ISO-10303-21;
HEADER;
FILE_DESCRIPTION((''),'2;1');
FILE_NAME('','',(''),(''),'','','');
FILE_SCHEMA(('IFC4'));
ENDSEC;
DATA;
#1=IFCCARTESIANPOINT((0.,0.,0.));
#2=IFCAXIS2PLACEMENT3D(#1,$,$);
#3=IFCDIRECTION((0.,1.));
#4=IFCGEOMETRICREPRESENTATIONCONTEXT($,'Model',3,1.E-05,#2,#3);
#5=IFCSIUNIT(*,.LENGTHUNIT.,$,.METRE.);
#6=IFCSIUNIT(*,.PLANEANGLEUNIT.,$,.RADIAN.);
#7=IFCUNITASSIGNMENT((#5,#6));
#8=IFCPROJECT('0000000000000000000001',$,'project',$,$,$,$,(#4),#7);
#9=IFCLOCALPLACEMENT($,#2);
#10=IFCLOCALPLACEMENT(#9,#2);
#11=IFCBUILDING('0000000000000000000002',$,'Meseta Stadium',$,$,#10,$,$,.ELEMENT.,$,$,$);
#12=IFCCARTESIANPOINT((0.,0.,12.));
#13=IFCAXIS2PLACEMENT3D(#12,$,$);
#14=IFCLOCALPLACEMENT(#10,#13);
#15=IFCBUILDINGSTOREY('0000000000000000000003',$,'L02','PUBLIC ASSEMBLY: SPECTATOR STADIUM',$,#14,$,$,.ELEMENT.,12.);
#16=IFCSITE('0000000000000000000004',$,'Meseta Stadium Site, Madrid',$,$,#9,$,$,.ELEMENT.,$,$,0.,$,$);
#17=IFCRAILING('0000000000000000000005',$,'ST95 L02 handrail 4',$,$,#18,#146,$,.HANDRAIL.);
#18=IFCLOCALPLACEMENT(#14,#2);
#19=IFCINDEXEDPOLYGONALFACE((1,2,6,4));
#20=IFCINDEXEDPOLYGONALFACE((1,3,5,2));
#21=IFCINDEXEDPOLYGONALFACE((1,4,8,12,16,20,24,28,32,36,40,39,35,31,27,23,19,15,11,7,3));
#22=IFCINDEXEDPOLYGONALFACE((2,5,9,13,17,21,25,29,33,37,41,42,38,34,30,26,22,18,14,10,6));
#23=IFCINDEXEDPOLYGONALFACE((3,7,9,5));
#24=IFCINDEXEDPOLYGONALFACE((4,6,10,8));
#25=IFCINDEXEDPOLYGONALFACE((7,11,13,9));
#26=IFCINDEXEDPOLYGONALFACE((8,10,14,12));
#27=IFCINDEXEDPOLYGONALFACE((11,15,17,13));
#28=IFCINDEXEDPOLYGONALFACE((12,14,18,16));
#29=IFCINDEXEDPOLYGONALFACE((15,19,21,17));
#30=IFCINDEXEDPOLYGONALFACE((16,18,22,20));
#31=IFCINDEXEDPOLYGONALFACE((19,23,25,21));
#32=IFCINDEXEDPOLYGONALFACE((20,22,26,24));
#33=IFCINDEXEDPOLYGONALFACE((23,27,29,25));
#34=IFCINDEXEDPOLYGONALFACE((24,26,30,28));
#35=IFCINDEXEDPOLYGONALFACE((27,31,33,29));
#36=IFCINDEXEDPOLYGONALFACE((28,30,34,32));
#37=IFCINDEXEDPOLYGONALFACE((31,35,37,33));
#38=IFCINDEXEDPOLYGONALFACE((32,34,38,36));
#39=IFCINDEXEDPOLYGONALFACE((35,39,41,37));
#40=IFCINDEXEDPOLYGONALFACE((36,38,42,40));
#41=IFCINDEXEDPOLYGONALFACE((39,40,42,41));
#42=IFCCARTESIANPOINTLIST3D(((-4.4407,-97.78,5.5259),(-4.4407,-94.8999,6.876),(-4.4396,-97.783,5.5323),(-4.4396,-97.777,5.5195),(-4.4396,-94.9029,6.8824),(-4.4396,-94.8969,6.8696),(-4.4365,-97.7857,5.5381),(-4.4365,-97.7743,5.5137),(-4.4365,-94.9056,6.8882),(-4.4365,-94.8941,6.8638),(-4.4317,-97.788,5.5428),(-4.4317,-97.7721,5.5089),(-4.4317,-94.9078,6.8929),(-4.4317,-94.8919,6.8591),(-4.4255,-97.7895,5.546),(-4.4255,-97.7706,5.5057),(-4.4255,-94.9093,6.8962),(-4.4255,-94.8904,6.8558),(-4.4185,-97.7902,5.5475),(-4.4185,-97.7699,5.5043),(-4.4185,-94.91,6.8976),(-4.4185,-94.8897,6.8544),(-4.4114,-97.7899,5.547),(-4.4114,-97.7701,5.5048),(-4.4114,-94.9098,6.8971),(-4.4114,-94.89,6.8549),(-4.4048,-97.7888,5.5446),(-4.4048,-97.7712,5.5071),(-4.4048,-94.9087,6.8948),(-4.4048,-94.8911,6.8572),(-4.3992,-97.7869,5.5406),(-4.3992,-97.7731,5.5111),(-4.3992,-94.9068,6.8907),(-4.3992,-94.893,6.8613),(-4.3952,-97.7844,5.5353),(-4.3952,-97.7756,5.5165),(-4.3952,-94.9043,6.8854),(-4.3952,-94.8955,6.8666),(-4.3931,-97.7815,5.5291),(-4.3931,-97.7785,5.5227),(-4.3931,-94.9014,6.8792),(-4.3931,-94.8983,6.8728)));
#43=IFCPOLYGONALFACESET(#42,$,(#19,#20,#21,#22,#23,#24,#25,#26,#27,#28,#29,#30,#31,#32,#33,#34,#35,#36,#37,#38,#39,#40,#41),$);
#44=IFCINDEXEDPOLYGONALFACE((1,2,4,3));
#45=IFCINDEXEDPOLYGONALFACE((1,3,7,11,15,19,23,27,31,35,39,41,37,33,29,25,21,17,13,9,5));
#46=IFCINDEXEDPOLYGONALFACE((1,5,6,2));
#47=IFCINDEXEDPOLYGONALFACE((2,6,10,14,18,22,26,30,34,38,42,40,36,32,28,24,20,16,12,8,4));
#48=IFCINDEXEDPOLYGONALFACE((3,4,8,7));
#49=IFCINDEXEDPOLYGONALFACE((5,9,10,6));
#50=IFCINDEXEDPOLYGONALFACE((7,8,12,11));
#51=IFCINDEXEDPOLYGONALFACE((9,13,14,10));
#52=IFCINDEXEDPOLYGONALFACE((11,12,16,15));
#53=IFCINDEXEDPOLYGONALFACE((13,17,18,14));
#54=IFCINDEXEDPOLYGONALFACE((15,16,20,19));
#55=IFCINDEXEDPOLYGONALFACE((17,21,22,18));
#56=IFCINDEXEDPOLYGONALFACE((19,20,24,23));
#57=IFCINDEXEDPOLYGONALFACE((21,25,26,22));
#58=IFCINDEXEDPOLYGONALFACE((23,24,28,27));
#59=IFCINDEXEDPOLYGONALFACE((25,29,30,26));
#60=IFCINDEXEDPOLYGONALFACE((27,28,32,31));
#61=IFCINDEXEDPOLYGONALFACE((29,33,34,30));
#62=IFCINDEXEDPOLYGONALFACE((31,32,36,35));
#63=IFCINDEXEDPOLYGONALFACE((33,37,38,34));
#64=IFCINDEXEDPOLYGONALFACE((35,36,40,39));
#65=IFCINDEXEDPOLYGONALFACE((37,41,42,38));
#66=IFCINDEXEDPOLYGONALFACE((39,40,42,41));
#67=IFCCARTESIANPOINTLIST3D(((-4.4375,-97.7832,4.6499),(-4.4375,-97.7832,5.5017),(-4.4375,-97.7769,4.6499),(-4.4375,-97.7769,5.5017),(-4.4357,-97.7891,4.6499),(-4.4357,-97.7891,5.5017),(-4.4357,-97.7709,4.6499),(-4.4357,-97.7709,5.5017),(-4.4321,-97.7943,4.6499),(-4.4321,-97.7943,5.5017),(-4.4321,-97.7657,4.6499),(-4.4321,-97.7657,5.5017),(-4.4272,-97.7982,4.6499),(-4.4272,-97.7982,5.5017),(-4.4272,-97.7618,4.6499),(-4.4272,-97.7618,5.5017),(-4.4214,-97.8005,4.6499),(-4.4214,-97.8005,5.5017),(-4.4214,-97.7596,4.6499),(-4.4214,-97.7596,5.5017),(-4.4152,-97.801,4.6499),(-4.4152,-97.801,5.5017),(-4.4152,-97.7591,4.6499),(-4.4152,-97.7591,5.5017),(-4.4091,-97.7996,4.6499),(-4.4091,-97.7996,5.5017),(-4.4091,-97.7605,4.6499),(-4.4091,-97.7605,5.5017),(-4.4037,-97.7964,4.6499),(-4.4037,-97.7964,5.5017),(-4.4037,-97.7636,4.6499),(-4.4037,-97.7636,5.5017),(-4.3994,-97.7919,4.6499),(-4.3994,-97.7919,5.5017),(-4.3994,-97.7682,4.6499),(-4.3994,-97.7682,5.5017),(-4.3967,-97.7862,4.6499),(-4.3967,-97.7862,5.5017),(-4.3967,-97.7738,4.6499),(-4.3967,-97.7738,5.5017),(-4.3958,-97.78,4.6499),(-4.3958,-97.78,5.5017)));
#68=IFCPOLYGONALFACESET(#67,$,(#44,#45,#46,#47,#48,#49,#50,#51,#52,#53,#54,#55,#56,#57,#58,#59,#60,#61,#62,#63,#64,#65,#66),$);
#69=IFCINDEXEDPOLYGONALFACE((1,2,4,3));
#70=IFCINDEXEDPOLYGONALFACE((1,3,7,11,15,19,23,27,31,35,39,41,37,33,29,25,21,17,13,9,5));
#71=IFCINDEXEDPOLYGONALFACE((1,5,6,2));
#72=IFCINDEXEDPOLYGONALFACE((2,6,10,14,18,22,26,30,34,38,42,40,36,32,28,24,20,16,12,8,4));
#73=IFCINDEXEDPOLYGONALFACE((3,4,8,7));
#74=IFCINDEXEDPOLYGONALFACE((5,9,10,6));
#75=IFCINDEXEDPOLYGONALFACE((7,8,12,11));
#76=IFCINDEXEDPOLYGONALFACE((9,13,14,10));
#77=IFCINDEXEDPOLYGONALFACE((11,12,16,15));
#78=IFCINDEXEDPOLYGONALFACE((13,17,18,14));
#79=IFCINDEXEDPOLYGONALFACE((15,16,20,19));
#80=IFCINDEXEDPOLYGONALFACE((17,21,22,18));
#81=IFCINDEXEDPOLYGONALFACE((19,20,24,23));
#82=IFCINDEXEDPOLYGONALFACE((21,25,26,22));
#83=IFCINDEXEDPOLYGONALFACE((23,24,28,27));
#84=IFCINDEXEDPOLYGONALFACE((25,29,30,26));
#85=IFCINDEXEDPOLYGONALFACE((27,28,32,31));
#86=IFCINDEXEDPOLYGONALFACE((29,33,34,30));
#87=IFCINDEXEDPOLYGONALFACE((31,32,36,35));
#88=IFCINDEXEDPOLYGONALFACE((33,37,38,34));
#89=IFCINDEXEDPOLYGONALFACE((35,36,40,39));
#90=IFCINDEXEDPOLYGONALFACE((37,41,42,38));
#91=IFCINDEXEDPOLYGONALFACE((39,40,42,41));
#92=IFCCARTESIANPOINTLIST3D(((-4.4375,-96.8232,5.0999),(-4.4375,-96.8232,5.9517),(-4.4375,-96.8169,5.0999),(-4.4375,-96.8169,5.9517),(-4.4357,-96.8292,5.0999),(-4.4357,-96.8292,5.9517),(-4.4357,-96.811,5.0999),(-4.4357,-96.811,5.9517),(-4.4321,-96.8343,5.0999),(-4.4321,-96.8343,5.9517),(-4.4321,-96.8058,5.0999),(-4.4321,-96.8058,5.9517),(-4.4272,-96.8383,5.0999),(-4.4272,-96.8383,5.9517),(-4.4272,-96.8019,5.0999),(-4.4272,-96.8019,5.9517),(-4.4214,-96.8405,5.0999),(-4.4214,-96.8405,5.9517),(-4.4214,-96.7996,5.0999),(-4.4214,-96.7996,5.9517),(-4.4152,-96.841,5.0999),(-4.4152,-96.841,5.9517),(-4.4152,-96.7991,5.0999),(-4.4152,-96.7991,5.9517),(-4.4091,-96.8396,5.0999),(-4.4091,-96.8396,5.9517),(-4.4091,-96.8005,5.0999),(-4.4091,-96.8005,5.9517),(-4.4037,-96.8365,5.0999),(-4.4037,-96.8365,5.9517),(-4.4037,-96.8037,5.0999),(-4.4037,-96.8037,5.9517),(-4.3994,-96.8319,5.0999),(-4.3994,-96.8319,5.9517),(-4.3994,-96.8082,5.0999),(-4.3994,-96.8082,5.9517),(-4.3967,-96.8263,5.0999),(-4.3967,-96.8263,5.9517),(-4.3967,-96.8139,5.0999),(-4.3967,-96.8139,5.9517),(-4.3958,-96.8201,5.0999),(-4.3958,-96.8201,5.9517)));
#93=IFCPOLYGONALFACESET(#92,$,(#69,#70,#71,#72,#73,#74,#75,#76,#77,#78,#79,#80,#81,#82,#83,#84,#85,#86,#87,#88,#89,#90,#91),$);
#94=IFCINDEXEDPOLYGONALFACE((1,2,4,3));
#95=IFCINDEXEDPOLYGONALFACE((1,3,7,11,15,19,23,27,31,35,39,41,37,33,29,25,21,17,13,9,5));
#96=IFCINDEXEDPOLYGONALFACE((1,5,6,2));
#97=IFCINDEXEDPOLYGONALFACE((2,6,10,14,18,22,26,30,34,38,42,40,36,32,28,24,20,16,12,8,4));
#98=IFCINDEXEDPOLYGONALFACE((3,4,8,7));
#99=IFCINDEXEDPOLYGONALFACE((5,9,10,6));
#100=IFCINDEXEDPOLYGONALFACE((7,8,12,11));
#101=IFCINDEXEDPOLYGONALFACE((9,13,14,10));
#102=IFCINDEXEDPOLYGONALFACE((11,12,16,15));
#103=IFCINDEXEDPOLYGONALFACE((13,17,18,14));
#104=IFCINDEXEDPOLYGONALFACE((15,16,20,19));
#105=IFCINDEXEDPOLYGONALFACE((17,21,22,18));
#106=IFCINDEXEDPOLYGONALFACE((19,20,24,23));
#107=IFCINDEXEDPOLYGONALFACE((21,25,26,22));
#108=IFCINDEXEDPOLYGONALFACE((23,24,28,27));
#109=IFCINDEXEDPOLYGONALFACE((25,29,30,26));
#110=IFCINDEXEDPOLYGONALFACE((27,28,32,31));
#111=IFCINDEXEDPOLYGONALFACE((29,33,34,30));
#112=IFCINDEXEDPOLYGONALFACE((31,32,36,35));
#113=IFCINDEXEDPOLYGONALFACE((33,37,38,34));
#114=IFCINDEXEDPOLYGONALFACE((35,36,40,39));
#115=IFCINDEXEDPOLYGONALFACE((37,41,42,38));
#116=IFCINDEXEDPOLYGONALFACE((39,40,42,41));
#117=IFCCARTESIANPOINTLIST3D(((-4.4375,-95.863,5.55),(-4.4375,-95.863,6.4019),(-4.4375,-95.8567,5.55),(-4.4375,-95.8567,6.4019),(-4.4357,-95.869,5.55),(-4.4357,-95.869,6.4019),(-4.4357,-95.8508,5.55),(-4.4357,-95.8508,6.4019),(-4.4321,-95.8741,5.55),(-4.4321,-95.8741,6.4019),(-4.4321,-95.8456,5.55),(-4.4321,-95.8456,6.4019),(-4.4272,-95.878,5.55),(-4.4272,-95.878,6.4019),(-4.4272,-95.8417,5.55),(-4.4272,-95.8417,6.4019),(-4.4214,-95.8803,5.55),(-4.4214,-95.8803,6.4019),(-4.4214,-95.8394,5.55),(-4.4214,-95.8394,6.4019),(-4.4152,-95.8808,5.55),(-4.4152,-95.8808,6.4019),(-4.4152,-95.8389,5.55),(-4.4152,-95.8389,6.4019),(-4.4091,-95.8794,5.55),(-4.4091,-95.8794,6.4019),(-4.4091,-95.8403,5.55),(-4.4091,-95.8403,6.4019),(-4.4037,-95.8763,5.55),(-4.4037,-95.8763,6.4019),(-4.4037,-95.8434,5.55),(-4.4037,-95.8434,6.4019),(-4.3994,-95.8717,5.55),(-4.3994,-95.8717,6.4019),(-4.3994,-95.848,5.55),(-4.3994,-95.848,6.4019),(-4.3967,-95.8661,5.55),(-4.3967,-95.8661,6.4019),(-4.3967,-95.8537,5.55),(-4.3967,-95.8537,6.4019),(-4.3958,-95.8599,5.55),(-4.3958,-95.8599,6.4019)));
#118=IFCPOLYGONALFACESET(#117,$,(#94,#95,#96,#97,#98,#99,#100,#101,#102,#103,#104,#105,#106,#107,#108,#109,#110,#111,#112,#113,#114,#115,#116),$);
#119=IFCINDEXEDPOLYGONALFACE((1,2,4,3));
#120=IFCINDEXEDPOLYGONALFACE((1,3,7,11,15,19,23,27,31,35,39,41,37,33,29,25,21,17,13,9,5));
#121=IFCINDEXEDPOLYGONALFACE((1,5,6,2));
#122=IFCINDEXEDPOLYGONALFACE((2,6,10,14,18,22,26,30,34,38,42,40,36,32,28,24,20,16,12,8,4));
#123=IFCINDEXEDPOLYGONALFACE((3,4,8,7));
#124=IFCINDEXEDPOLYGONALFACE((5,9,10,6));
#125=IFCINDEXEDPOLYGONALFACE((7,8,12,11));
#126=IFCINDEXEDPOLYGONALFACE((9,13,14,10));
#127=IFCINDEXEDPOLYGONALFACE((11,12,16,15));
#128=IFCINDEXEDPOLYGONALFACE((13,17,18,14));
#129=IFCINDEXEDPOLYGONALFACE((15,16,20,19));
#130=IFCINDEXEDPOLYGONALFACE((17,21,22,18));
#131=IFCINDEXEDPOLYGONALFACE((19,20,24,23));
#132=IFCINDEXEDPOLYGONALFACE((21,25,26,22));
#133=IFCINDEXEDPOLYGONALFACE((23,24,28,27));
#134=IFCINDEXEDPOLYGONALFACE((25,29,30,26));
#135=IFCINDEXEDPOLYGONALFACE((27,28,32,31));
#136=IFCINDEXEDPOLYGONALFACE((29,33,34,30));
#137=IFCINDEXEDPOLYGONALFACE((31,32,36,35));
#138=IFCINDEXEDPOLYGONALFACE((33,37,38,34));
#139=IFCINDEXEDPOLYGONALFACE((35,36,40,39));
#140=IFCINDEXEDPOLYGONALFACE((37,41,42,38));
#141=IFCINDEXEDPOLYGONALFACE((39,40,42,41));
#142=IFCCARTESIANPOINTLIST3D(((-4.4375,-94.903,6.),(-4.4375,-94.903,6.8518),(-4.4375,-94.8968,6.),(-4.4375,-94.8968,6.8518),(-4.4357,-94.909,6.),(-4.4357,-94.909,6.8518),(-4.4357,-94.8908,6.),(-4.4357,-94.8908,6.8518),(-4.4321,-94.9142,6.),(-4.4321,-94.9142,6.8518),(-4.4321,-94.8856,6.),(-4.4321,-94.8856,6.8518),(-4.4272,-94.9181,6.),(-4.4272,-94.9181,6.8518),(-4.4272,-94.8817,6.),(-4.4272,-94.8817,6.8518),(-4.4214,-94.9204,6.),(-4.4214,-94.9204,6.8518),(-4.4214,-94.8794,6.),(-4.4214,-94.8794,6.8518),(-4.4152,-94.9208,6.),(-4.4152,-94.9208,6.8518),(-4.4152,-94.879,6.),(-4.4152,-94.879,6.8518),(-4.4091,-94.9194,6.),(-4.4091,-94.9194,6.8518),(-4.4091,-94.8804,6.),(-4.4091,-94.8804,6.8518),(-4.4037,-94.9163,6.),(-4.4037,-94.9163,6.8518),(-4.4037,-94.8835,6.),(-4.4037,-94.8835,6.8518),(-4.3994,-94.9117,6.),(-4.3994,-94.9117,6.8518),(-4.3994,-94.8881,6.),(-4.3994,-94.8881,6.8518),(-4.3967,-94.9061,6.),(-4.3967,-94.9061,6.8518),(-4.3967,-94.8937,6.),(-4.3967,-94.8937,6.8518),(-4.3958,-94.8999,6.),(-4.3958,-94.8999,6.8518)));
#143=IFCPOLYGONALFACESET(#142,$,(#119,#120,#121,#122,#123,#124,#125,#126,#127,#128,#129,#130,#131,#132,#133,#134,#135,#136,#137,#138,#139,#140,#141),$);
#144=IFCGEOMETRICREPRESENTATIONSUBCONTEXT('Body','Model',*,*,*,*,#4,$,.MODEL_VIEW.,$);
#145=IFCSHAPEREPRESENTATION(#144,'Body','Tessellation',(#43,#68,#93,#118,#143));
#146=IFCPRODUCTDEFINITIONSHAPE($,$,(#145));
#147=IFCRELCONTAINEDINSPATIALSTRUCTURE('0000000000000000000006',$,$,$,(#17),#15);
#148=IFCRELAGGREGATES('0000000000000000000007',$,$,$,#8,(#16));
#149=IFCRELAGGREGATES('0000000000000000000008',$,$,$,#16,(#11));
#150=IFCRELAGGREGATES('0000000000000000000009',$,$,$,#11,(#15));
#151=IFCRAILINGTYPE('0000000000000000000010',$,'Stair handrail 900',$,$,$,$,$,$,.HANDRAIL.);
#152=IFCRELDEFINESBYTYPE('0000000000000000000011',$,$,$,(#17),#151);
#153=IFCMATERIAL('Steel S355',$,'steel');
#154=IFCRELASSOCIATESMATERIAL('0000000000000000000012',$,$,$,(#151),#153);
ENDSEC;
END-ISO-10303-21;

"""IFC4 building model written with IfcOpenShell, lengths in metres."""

from ifc_helpers import new_model, si_unit, direction, frame, origin, origin_2d, place, context, subcontext, project, spatial, circle, extrude, material, type_object, element, save


model = new_model("IFC4")

# Units and contexts
model_context = context("Model", 3, precision=1e-05, world=origin(), true_north=direction((0.0, 1.0)))
body_context = subcontext(model_context, "Body", "Model", "MODEL_VIEW")
ifc_project = project(units=[si_unit("LENGTHUNIT", "METRE"), si_unit("PLANEANGLEUNIT", "RADIAN")], contexts=[model_context])

# Site, building, storey
site_placement = place(None, origin())
site = spatial("IfcSite", under=ifc_project, at=site_placement, Name="Meseta Stadium Site, Madrid", CompositionType="ELEMENT", RefElevation=0.0)
building_placement = place(site_placement, origin())
building = spatial("IfcBuilding", under=site, at=building_placement, Name="Meseta Stadium", CompositionType="ELEMENT")
storey_placement = place(building_placement, frame((0.0, 0.0, 12.0)))
storey = spatial("IfcBuildingStorey", under=building, at=storey_placement, Name="L02", Description="PUBLIC ASSEMBLY: SPECTATOR STADIUM", CompositionType="ELEMENT", Elevation=12.0)

# Railing
ifc_material_1 = material(Name="Steel S355", Category="steel")
railing_type_1 = type_object("IfcRailingType", Name="Stair handrail 900", PredefinedType="HANDRAIL", material=ifc_material_1)
railing_1_placement = place(storey_placement, frame((-4.4167, -97.78, 4.6499)))
element("IfcRailing", 1, at=railing_1_placement, inside=storey, type_object=railing_type_1, Name="ST95 L02 handrail 4", PredefinedType="HANDRAIL", context=body_context, shape_type="SweptSolid", body=[
    extrude(circle(Radius=0.0239, at=origin_2d()), frame((0.0, 0.0, 0.876), z_axis=(0.0, 0.905454, 0.424444), x_axis=(-1.0, 0.0, 0.0)), (0.0, 0.0, 1.0), 3.1809),
    extrude(circle(Radius=0.021, at=origin_2d()), origin(), (0.0, 0.0, 1.0), 0.8518),
    extrude(circle(Radius=0.021, at=origin_2d()), frame((0.0, 0.96, 0.45)), (0.0, 0.0, 1.0), 0.8518),
    extrude(circle(Radius=0.021, at=origin_2d()), frame((0.0, 1.9202, 0.9001)), (0.0, 0.0, 1.0), 0.8518),
    extrude(circle(Radius=0.021, at=origin_2d()), frame((0.0, 2.8801, 1.3501)), (0.0, 0.0, 1.0), 0.8518),
])

save(model, "model.ifc")
